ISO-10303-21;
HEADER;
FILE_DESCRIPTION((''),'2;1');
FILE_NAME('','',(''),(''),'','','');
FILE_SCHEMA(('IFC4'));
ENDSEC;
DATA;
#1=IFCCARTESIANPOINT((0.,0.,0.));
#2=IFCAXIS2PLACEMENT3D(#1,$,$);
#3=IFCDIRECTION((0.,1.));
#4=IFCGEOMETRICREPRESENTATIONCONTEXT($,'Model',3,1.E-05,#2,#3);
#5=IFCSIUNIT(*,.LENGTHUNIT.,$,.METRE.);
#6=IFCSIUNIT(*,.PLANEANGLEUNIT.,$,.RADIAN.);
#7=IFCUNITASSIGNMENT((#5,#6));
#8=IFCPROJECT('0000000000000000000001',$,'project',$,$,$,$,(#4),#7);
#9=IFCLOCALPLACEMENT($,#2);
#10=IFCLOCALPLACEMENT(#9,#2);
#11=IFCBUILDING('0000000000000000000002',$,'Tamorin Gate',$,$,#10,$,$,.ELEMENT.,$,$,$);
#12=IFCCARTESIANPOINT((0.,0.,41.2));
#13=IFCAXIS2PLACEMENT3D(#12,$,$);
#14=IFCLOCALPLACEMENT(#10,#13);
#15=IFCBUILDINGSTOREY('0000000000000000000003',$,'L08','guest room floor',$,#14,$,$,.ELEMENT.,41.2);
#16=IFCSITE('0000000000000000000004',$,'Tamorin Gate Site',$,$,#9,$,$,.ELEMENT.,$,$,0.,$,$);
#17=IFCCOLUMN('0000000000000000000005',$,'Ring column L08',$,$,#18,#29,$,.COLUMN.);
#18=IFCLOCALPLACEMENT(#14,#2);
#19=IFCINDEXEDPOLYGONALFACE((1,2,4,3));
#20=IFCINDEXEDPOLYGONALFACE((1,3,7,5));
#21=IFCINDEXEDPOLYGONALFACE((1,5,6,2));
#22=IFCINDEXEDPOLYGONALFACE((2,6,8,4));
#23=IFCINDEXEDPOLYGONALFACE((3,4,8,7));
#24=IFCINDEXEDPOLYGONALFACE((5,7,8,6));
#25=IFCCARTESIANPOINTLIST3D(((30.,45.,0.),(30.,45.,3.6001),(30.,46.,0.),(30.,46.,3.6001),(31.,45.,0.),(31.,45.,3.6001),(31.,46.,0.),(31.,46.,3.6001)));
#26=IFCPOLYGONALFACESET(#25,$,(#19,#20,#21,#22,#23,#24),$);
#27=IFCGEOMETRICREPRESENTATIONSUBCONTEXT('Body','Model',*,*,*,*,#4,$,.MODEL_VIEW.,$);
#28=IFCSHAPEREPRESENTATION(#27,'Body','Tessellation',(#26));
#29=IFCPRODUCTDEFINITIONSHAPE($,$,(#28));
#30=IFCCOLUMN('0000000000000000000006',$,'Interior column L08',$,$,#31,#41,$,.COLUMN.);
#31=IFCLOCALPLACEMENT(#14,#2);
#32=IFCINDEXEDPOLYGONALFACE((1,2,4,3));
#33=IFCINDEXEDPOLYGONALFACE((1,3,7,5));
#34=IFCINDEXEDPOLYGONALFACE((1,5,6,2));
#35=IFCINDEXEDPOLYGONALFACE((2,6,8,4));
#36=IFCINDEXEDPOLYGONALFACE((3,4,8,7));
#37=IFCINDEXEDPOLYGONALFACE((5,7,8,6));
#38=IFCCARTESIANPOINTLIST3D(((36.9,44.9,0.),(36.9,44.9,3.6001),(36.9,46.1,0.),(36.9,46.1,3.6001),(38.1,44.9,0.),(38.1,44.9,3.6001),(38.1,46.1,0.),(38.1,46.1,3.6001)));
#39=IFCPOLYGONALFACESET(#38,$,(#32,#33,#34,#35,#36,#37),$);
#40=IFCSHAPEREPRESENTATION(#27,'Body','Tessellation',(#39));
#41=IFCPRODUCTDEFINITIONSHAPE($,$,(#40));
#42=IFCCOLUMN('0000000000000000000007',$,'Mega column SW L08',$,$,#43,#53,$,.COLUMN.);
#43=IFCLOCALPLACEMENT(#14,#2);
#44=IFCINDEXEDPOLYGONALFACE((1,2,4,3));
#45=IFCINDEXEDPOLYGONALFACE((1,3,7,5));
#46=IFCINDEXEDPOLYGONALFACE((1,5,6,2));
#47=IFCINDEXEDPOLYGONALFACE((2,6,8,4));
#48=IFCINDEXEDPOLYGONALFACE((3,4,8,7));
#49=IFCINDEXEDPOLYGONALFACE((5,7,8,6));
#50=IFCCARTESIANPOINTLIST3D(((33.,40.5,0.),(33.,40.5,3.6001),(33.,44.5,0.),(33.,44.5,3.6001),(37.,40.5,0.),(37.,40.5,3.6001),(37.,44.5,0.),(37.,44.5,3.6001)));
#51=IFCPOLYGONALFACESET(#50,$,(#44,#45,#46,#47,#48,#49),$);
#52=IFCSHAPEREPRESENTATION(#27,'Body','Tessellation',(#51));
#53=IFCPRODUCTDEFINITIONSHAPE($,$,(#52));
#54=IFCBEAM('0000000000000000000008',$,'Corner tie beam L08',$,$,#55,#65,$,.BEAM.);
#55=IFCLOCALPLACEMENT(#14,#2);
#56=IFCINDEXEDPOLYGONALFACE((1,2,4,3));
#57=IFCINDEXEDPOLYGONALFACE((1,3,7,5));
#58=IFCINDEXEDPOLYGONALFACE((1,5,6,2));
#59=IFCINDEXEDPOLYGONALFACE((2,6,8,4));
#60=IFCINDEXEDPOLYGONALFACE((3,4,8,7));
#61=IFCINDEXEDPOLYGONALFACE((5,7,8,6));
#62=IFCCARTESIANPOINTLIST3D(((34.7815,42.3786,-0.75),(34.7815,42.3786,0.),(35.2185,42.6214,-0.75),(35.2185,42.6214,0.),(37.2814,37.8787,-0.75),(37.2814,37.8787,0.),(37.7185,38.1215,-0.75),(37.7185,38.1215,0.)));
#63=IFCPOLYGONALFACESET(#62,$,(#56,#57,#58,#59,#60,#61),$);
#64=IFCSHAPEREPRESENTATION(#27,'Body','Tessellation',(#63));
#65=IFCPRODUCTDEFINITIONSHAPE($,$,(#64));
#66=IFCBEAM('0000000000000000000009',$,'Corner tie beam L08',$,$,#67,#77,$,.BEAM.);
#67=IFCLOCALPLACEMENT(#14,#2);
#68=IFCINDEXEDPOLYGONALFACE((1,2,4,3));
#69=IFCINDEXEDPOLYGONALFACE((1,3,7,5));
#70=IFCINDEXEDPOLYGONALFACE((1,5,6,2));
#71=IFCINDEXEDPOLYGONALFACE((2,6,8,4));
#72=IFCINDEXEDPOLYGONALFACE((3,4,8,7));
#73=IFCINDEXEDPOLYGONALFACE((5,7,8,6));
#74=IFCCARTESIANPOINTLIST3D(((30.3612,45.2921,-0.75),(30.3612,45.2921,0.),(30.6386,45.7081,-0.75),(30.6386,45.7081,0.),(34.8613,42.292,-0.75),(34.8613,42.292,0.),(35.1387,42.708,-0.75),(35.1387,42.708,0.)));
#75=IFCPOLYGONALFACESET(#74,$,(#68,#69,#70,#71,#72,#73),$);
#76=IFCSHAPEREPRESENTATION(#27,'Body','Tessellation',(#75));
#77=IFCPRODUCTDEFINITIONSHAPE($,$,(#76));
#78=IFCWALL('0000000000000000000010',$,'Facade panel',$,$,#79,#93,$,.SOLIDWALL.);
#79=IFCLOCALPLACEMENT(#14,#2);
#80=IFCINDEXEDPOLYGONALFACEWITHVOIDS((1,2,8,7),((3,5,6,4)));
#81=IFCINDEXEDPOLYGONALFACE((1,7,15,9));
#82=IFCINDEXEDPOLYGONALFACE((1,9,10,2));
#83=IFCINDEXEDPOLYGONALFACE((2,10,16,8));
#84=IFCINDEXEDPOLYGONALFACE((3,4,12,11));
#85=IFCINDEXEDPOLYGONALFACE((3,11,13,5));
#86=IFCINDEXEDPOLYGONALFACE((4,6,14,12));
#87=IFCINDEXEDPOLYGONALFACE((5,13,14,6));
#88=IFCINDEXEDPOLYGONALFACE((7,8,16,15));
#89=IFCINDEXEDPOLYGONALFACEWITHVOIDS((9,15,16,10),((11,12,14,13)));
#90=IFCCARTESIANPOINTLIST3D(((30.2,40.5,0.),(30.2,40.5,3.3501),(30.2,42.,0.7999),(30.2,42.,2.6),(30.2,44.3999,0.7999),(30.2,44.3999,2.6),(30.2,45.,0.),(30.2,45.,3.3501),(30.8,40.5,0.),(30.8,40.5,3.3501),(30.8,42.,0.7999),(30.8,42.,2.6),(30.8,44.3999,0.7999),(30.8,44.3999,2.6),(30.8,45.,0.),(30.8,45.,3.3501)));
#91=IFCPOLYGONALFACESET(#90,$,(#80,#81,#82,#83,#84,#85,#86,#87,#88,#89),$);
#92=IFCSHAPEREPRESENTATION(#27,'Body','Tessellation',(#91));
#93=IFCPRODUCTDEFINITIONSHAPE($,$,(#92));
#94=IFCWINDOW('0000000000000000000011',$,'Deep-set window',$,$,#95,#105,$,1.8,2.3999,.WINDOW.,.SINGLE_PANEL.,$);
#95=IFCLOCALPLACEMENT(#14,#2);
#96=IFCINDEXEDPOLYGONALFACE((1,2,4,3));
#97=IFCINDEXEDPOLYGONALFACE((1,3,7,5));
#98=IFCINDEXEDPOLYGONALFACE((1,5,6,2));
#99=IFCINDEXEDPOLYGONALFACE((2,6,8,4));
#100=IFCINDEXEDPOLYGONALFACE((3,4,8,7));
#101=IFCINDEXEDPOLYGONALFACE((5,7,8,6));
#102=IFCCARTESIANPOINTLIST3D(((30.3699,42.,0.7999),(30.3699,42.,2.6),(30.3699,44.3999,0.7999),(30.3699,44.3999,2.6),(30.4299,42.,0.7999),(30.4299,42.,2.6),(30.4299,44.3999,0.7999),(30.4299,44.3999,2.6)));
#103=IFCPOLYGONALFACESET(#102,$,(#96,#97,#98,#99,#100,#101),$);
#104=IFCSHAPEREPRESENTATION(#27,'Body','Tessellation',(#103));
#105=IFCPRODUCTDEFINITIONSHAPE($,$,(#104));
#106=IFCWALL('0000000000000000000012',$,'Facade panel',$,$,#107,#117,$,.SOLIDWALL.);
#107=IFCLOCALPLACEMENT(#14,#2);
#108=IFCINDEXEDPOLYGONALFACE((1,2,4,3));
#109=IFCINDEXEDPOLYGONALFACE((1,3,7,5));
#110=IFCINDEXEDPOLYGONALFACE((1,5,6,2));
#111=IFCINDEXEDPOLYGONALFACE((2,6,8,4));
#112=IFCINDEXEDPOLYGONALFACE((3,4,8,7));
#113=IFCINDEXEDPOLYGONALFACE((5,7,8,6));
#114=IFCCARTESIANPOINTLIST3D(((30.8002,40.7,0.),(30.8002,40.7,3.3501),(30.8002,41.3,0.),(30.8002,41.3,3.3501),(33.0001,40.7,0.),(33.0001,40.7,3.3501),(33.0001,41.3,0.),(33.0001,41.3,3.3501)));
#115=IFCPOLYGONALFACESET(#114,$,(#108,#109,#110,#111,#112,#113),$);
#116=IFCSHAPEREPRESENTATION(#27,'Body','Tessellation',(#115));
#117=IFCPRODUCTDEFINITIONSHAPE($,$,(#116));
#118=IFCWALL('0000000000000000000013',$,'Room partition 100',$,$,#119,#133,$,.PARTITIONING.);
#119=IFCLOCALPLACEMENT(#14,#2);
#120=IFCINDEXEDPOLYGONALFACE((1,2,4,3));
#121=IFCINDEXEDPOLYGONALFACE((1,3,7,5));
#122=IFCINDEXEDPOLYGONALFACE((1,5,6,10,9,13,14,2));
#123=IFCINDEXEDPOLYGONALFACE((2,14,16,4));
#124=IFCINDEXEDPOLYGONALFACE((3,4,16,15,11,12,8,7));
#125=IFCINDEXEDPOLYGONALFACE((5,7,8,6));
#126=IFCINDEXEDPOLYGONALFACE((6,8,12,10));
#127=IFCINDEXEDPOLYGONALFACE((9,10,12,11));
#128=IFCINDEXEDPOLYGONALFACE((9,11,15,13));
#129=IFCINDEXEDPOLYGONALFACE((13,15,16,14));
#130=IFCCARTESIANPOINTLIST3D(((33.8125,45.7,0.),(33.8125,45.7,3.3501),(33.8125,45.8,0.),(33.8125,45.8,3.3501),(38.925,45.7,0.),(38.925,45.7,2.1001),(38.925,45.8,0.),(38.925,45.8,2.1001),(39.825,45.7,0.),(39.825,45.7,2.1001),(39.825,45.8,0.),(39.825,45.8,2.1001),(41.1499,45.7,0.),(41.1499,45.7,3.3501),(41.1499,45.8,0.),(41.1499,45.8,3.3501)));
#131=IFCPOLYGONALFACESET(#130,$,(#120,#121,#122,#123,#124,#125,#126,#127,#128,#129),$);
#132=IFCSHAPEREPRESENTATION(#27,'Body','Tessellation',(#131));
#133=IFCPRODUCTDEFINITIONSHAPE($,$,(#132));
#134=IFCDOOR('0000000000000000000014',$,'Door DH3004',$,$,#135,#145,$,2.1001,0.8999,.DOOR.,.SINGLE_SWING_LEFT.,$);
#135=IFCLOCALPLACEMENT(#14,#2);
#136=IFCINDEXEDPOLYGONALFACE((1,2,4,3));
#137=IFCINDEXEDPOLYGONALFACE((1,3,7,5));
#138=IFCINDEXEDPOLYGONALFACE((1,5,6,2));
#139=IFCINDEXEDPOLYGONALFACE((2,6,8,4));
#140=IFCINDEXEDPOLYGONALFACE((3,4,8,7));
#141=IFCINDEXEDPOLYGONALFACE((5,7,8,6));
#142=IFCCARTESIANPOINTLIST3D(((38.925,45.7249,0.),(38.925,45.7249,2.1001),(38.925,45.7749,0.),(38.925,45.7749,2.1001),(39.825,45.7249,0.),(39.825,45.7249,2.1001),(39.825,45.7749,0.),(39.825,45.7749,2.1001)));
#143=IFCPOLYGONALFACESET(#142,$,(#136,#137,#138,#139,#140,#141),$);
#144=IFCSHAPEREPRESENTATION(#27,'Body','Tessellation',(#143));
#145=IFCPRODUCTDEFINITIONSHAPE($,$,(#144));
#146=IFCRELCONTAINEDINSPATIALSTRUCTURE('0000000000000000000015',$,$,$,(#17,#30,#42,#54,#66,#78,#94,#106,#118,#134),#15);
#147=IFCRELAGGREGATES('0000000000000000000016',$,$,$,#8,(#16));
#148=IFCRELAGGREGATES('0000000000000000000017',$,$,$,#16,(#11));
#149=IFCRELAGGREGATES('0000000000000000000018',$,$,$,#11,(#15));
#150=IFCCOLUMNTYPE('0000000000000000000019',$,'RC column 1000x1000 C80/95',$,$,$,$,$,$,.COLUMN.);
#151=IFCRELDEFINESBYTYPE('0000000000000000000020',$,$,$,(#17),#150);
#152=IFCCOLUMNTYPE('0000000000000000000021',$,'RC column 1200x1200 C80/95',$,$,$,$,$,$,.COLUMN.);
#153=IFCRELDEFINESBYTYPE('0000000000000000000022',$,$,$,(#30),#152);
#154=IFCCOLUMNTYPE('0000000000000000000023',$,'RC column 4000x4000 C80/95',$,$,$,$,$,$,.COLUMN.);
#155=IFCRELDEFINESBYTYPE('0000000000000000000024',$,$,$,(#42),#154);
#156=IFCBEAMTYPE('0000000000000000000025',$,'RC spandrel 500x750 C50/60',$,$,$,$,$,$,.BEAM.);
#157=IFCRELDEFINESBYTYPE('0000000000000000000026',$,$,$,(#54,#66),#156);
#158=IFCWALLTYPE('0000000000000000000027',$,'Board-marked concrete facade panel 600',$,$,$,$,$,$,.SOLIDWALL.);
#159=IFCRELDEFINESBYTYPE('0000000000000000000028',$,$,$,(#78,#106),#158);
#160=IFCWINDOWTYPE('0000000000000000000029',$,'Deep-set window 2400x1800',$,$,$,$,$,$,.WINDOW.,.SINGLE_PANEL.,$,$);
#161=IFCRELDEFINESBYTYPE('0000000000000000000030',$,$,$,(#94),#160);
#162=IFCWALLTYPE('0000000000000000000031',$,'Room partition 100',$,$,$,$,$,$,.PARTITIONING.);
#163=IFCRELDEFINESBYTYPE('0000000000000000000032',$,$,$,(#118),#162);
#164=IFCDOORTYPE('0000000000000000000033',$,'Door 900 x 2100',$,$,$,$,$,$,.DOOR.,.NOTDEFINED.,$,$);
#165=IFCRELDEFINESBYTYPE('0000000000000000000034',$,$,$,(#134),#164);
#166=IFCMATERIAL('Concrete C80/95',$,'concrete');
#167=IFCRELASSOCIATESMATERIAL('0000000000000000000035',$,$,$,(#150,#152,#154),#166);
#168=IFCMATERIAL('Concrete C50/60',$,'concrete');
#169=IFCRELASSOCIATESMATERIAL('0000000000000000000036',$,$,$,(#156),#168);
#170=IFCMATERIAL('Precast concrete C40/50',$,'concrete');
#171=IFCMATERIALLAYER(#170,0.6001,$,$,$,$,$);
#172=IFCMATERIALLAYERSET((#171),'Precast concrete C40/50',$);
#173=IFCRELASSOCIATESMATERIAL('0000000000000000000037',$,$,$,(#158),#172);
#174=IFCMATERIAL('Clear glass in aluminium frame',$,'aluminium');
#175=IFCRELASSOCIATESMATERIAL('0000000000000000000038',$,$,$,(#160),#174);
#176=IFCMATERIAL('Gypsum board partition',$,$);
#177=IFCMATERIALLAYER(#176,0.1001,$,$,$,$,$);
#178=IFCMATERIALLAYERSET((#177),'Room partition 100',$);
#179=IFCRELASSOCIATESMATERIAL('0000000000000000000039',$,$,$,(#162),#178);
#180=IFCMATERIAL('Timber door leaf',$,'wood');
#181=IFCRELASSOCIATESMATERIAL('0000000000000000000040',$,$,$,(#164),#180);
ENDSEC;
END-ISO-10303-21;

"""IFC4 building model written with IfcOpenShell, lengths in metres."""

from ifc_helpers import new_model, si_unit, direction, frame, frame_2d, origin, origin_2d, place, context, subcontext, project, spatial, rectangle, extrude, material, layer, layer_set, material_profile, profile_set, type_object, element, fill, save


model = new_model("IFC4")

# Units and contexts
model_context = context("Model", 3, precision=1e-05, world=origin(), true_north=direction((0.0, 1.0)))
body_context = subcontext(model_context, "Body", "Model", "MODEL_VIEW")
ifc_project = project(units=[si_unit("LENGTHUNIT", "METRE"), si_unit("PLANEANGLEUNIT", "RADIAN")], contexts=[model_context])

# Site, building, storey
site_placement = place(None, origin())
site = spatial("IfcSite", under=ifc_project, at=site_placement, Name="Tamorin Gate Site", CompositionType="ELEMENT", RefElevation=0.0)
building_placement = place(site_placement, origin())
building = spatial("IfcBuilding", under=site, at=building_placement, Name="Tamorin Gate", CompositionType="ELEMENT")
storey_placement = place(building_placement, frame((0.0, 0.0, 41.2)))
storey = spatial("IfcBuildingStorey", under=building, at=storey_placement, Name="L08", Description="guest room floor", CompositionType="ELEMENT", Elevation=41.2)

# Columns
ifc_material_1 = material(Name="Concrete C80/95", Category="concrete")
ifc_material_profile_1 = material_profile(ifc_material_1, rectangle(XDim=1.0, YDim=1.0, at=origin_2d()), Name="RC 1000x1000")
ifc_profile_set_1 = profile_set([ifc_material_profile_1], Name="Concrete C80/95")
column_type_1 = type_object("IfcColumnType", Name="RC column 1000x1000 C80/95", PredefinedType="COLUMN", material=ifc_profile_set_1)
column_1_placement = place(storey_placement, frame((30.5, 45.5, 0.0), z_axis=(0.0, 0.0, 1.0), x_axis=(1.0, 0.0, 0.0)))
element("IfcColumn", 1, at=column_1_placement, inside=storey, type_object=column_type_1, Name="Ring column L08", PredefinedType="COLUMN", context=body_context, shape_type="SweptSolid", body=[
    extrude(rectangle(XDim=1.0, YDim=1.0, at=origin_2d()), origin(), (0.0, 0.0, 1.0), 3.6001),
])
ifc_material_profile_2 = material_profile(ifc_material_1, rectangle(XDim=1.2, YDim=1.2, at=origin_2d()), Name="RC 1200x1200")
ifc_profile_set_2 = profile_set([ifc_material_profile_2], Name="Concrete C80/95")
column_type_2 = type_object("IfcColumnType", Name="RC column 1200x1200 C80/95", PredefinedType="COLUMN", material=ifc_profile_set_2)
column_2_placement = place(storey_placement, frame((37.5, 45.5, 0.0), z_axis=(0.0, 0.0, 1.0), x_axis=(1.0, 0.0, 0.0)))
element("IfcColumn", 2, at=column_2_placement, inside=storey, type_object=column_type_2, Name="Interior column L08", PredefinedType="COLUMN", context=body_context, shape_type="SweptSolid", body=[
    extrude(rectangle(XDim=1.2, YDim=1.2, at=origin_2d()), origin(), (0.0, 0.0, 1.0), 3.6001),
])
ifc_material_profile_3 = material_profile(ifc_material_1, rectangle(XDim=4.0, YDim=4.0, at=origin_2d()), Name="RC 4000x4000")
ifc_profile_set_3 = profile_set([ifc_material_profile_3], Name="Concrete C80/95")
column_type_3 = type_object("IfcColumnType", Name="RC column 4000x4000 C80/95", PredefinedType="COLUMN", material=ifc_profile_set_3)
column_3_placement = place(storey_placement, frame((35.0, 42.5, 0.0), z_axis=(0.0, 0.0, 1.0), x_axis=(1.0, 0.0, 0.0)))
element("IfcColumn", 3, at=column_3_placement, inside=storey, type_object=column_type_3, Name="Mega column SW L08", PredefinedType="COLUMN", context=body_context, shape_type="SweptSolid", body=[
    extrude(rectangle(XDim=4.0, YDim=4.0, at=origin_2d()), origin(), (0.0, 0.0, 1.0), 3.6001),
])

# Beams
ifc_material_2 = material(Name="Concrete C50/60", Category="concrete")
ifc_material_profile_4 = material_profile(ifc_material_2, rectangle(XDim=0.5, YDim=0.75, at=origin_2d()), Name="RC 500x750")
ifc_profile_set_4 = profile_set([ifc_material_profile_4], Name="Concrete C50/60")
beam_type = type_object("IfcBeamType", Name="RC spandrel 500x750 C50/60", PredefinedType="BEAM", material=ifc_profile_set_4)
beam_1_placement = place(storey_placement, frame((35.0, 42.5, -0.375), z_axis=(0.485643, -0.874157, 0.0), x_axis=(0.874157, 0.485643, 0.0)))
element("IfcBeam", 4, at=beam_1_placement, inside=storey, type_object=beam_type, Name="Corner tie beam L08", PredefinedType="BEAM", context=body_context, shape_type="SweptSolid", body=[
    extrude(rectangle(XDim=0.5, YDim=0.75, at=origin_2d()), origin(), (0.0, 0.0, 1.0), 5.1477),
])
beam_2_placement = place(storey_placement, frame((35.0, 42.5, -0.375), z_axis=(-0.83205, 0.5547, 0.0), x_axis=(-0.5547, -0.83205, 0.0)))
element("IfcBeam", 5, at=beam_2_placement, inside=storey, type_object=beam_type, Name="Corner tie beam L08", PredefinedType="BEAM", context=body_context, shape_type="SweptSolid", body=[
    extrude(rectangle(XDim=0.5, YDim=0.75, at=origin_2d()), origin(), (0.0, 0.0, 1.0), 5.4084),
])

# Wall, opening, window
ifc_material_3 = material(Name="Precast concrete C40/50", Category="concrete")
ifc_layer_1 = layer(ifc_material_3, 0.6001)
ifc_layer_set_1 = layer_set([ifc_layer_1], Name="Precast concrete C40/50")
wall_type_1 = type_object("IfcWallType", Name="Board-marked concrete facade panel 600", PredefinedType="SOLIDWALL", material=ifc_layer_set_1)
wall_1_placement = place(storey_placement, frame((30.5, 45.0, 0.0), z_axis=(0.0, 0.0, 1.0), x_axis=(0.0, -1.0, 0.0)))
wall_1 = element("IfcWall", 6, at=wall_1_placement, inside=storey, type_object=wall_type_1, Name="Facade panel", PredefinedType="SOLIDWALL", context=body_context, shape_type="SweptSolid", body=[
    extrude(rectangle(XDim=4.5, YDim=0.6001, at=frame_2d((2.25, 0.0))), origin(), (0.0, 0.0, 1.0), 3.3501),
])
opening_1_placement = place(wall_1_placement, frame((0.6001, 0.0, 0.8)))
opening_1 = element("IfcOpeningElement", 7, at=opening_1_placement, cuts=wall_1, PredefinedType="OPENING", context=body_context, shape_type="SweptSolid", body=[
    extrude(rectangle(XDim=2.3999, YDim=1.8, at=frame_2d((1.2, 0.8999))), frame((0.0, 0.3101, 0.0), z_axis=(0.0, -1.0, 0.0), x_axis=(1.0, 0.0, 0.0)), (0.0, 0.0, 1.0), 0.6201),
])
ifc_material_4 = material(Name="Clear glass in aluminium frame", Category="aluminium")
window_type = type_object("IfcWindowType", Name="Deep-set window 2400x1800", PartitioningType="SINGLE_PANEL", PredefinedType="WINDOW", material=ifc_material_4)
window_placement = place(opening_1_placement, origin())
window = element("IfcWindow", 8, at=window_placement, inside=storey, type_object=window_type, Name="Deep-set window", OverallHeight=1.8, OverallWidth=2.3999, PartitioningType="SINGLE_PANEL", PredefinedType="WINDOW", context=body_context, shape_type="SweptSolid", body=[
    extrude(rectangle(XDim=2.3999, YDim=1.8, at=frame_2d((1.2, 0.8999))), frame((0.0, -0.0701, 0.0), z_axis=(0.0, -1.0, 0.0), x_axis=(1.0, 0.0, 0.0)), (0.0, 0.0, 1.0), 0.0601),
])
fill(opening_1, window)

# Wall
wall_2_placement = place(storey_placement, frame((30.8, 41.0, 0.0), z_axis=(0.0, 0.0, 1.0), x_axis=(1.0, 0.0, 0.0)))
element("IfcWall", 9, at=wall_2_placement, inside=storey, type_object=wall_type_1, Name="Facade panel", PredefinedType="SOLIDWALL", context=body_context, shape_type="SweptSolid", body=[
    extrude(rectangle(XDim=2.2, YDim=0.6001, at=frame_2d((1.1001, 0.0))), origin(), (0.0, 0.0, 1.0), 3.3501),
])

# Wall, opening, door
ifc_material_5 = material(Name="Gypsum board partition")
ifc_layer_2 = layer(ifc_material_5, 0.1001)
ifc_layer_set_2 = layer_set([ifc_layer_2], Name="Room partition 100")
wall_type_2 = type_object("IfcWallType", Name="Room partition 100", PredefinedType="PARTITIONING", material=ifc_layer_set_2)
wall_3_placement = place(storey_placement, frame((33.8125, 45.75, 0.0), z_axis=(0.0, 0.0, 1.0), x_axis=(1.0, 0.0, 0.0)))
wall_3 = element("IfcWall", 10, at=wall_3_placement, inside=storey, type_object=wall_type_2, Name="Room partition 100", PredefinedType="PARTITIONING", context=body_context, shape_type="SweptSolid", body=[
    extrude(rectangle(XDim=7.3374, YDim=0.1001, at=frame_2d((3.6687, 0.0))), origin(), (0.0, 0.0, 1.0), 3.3501),
])
opening_2_placement = place(wall_3_placement, frame((5.1125, 0.0, 0.0)))
opening_2 = element("IfcOpeningElement", 11, at=opening_2_placement, cuts=wall_3, PredefinedType="OPENING", context=body_context, shape_type="SweptSolid", body=[
    extrude(rectangle(XDim=0.8999, YDim=2.1001, at=frame_2d((0.45, 1.05))), frame((0.0, 0.0601, 0.0), z_axis=(0.0, -1.0, 0.0), x_axis=(1.0, 0.0, 0.0)), (0.0, 0.0, 1.0), 0.1201),
])
ifc_material_6 = material(Name="Timber door leaf", Category="wood")
door_type = type_object("IfcDoorType", Name="Door 900 x 2100", OperationType="NOTDEFINED", PredefinedType="DOOR", material=ifc_material_6)
door_1_placement = place(opening_2_placement, origin())
door_1 = element("IfcDoor", 12, at=door_1_placement, inside=storey, type_object=door_type, Name="Door DH3004", OperationType="SINGLE_SWING_LEFT", OverallHeight=2.1001, OverallWidth=0.8999, PredefinedType="DOOR", context=body_context, shape_type="SweptSolid", body=[
    extrude(rectangle(XDim=0.8999, YDim=2.1001, at=frame_2d((0.45, 1.05))), frame((0.0, 0.0249, 0.0), z_axis=(0.0, -1.0, 0.0), x_axis=(1.0, 0.0, 0.0)), (0.0, 0.0, 1.0), 0.05),
])
fill(opening_2, door_1)

save(model, "model.ifc")
